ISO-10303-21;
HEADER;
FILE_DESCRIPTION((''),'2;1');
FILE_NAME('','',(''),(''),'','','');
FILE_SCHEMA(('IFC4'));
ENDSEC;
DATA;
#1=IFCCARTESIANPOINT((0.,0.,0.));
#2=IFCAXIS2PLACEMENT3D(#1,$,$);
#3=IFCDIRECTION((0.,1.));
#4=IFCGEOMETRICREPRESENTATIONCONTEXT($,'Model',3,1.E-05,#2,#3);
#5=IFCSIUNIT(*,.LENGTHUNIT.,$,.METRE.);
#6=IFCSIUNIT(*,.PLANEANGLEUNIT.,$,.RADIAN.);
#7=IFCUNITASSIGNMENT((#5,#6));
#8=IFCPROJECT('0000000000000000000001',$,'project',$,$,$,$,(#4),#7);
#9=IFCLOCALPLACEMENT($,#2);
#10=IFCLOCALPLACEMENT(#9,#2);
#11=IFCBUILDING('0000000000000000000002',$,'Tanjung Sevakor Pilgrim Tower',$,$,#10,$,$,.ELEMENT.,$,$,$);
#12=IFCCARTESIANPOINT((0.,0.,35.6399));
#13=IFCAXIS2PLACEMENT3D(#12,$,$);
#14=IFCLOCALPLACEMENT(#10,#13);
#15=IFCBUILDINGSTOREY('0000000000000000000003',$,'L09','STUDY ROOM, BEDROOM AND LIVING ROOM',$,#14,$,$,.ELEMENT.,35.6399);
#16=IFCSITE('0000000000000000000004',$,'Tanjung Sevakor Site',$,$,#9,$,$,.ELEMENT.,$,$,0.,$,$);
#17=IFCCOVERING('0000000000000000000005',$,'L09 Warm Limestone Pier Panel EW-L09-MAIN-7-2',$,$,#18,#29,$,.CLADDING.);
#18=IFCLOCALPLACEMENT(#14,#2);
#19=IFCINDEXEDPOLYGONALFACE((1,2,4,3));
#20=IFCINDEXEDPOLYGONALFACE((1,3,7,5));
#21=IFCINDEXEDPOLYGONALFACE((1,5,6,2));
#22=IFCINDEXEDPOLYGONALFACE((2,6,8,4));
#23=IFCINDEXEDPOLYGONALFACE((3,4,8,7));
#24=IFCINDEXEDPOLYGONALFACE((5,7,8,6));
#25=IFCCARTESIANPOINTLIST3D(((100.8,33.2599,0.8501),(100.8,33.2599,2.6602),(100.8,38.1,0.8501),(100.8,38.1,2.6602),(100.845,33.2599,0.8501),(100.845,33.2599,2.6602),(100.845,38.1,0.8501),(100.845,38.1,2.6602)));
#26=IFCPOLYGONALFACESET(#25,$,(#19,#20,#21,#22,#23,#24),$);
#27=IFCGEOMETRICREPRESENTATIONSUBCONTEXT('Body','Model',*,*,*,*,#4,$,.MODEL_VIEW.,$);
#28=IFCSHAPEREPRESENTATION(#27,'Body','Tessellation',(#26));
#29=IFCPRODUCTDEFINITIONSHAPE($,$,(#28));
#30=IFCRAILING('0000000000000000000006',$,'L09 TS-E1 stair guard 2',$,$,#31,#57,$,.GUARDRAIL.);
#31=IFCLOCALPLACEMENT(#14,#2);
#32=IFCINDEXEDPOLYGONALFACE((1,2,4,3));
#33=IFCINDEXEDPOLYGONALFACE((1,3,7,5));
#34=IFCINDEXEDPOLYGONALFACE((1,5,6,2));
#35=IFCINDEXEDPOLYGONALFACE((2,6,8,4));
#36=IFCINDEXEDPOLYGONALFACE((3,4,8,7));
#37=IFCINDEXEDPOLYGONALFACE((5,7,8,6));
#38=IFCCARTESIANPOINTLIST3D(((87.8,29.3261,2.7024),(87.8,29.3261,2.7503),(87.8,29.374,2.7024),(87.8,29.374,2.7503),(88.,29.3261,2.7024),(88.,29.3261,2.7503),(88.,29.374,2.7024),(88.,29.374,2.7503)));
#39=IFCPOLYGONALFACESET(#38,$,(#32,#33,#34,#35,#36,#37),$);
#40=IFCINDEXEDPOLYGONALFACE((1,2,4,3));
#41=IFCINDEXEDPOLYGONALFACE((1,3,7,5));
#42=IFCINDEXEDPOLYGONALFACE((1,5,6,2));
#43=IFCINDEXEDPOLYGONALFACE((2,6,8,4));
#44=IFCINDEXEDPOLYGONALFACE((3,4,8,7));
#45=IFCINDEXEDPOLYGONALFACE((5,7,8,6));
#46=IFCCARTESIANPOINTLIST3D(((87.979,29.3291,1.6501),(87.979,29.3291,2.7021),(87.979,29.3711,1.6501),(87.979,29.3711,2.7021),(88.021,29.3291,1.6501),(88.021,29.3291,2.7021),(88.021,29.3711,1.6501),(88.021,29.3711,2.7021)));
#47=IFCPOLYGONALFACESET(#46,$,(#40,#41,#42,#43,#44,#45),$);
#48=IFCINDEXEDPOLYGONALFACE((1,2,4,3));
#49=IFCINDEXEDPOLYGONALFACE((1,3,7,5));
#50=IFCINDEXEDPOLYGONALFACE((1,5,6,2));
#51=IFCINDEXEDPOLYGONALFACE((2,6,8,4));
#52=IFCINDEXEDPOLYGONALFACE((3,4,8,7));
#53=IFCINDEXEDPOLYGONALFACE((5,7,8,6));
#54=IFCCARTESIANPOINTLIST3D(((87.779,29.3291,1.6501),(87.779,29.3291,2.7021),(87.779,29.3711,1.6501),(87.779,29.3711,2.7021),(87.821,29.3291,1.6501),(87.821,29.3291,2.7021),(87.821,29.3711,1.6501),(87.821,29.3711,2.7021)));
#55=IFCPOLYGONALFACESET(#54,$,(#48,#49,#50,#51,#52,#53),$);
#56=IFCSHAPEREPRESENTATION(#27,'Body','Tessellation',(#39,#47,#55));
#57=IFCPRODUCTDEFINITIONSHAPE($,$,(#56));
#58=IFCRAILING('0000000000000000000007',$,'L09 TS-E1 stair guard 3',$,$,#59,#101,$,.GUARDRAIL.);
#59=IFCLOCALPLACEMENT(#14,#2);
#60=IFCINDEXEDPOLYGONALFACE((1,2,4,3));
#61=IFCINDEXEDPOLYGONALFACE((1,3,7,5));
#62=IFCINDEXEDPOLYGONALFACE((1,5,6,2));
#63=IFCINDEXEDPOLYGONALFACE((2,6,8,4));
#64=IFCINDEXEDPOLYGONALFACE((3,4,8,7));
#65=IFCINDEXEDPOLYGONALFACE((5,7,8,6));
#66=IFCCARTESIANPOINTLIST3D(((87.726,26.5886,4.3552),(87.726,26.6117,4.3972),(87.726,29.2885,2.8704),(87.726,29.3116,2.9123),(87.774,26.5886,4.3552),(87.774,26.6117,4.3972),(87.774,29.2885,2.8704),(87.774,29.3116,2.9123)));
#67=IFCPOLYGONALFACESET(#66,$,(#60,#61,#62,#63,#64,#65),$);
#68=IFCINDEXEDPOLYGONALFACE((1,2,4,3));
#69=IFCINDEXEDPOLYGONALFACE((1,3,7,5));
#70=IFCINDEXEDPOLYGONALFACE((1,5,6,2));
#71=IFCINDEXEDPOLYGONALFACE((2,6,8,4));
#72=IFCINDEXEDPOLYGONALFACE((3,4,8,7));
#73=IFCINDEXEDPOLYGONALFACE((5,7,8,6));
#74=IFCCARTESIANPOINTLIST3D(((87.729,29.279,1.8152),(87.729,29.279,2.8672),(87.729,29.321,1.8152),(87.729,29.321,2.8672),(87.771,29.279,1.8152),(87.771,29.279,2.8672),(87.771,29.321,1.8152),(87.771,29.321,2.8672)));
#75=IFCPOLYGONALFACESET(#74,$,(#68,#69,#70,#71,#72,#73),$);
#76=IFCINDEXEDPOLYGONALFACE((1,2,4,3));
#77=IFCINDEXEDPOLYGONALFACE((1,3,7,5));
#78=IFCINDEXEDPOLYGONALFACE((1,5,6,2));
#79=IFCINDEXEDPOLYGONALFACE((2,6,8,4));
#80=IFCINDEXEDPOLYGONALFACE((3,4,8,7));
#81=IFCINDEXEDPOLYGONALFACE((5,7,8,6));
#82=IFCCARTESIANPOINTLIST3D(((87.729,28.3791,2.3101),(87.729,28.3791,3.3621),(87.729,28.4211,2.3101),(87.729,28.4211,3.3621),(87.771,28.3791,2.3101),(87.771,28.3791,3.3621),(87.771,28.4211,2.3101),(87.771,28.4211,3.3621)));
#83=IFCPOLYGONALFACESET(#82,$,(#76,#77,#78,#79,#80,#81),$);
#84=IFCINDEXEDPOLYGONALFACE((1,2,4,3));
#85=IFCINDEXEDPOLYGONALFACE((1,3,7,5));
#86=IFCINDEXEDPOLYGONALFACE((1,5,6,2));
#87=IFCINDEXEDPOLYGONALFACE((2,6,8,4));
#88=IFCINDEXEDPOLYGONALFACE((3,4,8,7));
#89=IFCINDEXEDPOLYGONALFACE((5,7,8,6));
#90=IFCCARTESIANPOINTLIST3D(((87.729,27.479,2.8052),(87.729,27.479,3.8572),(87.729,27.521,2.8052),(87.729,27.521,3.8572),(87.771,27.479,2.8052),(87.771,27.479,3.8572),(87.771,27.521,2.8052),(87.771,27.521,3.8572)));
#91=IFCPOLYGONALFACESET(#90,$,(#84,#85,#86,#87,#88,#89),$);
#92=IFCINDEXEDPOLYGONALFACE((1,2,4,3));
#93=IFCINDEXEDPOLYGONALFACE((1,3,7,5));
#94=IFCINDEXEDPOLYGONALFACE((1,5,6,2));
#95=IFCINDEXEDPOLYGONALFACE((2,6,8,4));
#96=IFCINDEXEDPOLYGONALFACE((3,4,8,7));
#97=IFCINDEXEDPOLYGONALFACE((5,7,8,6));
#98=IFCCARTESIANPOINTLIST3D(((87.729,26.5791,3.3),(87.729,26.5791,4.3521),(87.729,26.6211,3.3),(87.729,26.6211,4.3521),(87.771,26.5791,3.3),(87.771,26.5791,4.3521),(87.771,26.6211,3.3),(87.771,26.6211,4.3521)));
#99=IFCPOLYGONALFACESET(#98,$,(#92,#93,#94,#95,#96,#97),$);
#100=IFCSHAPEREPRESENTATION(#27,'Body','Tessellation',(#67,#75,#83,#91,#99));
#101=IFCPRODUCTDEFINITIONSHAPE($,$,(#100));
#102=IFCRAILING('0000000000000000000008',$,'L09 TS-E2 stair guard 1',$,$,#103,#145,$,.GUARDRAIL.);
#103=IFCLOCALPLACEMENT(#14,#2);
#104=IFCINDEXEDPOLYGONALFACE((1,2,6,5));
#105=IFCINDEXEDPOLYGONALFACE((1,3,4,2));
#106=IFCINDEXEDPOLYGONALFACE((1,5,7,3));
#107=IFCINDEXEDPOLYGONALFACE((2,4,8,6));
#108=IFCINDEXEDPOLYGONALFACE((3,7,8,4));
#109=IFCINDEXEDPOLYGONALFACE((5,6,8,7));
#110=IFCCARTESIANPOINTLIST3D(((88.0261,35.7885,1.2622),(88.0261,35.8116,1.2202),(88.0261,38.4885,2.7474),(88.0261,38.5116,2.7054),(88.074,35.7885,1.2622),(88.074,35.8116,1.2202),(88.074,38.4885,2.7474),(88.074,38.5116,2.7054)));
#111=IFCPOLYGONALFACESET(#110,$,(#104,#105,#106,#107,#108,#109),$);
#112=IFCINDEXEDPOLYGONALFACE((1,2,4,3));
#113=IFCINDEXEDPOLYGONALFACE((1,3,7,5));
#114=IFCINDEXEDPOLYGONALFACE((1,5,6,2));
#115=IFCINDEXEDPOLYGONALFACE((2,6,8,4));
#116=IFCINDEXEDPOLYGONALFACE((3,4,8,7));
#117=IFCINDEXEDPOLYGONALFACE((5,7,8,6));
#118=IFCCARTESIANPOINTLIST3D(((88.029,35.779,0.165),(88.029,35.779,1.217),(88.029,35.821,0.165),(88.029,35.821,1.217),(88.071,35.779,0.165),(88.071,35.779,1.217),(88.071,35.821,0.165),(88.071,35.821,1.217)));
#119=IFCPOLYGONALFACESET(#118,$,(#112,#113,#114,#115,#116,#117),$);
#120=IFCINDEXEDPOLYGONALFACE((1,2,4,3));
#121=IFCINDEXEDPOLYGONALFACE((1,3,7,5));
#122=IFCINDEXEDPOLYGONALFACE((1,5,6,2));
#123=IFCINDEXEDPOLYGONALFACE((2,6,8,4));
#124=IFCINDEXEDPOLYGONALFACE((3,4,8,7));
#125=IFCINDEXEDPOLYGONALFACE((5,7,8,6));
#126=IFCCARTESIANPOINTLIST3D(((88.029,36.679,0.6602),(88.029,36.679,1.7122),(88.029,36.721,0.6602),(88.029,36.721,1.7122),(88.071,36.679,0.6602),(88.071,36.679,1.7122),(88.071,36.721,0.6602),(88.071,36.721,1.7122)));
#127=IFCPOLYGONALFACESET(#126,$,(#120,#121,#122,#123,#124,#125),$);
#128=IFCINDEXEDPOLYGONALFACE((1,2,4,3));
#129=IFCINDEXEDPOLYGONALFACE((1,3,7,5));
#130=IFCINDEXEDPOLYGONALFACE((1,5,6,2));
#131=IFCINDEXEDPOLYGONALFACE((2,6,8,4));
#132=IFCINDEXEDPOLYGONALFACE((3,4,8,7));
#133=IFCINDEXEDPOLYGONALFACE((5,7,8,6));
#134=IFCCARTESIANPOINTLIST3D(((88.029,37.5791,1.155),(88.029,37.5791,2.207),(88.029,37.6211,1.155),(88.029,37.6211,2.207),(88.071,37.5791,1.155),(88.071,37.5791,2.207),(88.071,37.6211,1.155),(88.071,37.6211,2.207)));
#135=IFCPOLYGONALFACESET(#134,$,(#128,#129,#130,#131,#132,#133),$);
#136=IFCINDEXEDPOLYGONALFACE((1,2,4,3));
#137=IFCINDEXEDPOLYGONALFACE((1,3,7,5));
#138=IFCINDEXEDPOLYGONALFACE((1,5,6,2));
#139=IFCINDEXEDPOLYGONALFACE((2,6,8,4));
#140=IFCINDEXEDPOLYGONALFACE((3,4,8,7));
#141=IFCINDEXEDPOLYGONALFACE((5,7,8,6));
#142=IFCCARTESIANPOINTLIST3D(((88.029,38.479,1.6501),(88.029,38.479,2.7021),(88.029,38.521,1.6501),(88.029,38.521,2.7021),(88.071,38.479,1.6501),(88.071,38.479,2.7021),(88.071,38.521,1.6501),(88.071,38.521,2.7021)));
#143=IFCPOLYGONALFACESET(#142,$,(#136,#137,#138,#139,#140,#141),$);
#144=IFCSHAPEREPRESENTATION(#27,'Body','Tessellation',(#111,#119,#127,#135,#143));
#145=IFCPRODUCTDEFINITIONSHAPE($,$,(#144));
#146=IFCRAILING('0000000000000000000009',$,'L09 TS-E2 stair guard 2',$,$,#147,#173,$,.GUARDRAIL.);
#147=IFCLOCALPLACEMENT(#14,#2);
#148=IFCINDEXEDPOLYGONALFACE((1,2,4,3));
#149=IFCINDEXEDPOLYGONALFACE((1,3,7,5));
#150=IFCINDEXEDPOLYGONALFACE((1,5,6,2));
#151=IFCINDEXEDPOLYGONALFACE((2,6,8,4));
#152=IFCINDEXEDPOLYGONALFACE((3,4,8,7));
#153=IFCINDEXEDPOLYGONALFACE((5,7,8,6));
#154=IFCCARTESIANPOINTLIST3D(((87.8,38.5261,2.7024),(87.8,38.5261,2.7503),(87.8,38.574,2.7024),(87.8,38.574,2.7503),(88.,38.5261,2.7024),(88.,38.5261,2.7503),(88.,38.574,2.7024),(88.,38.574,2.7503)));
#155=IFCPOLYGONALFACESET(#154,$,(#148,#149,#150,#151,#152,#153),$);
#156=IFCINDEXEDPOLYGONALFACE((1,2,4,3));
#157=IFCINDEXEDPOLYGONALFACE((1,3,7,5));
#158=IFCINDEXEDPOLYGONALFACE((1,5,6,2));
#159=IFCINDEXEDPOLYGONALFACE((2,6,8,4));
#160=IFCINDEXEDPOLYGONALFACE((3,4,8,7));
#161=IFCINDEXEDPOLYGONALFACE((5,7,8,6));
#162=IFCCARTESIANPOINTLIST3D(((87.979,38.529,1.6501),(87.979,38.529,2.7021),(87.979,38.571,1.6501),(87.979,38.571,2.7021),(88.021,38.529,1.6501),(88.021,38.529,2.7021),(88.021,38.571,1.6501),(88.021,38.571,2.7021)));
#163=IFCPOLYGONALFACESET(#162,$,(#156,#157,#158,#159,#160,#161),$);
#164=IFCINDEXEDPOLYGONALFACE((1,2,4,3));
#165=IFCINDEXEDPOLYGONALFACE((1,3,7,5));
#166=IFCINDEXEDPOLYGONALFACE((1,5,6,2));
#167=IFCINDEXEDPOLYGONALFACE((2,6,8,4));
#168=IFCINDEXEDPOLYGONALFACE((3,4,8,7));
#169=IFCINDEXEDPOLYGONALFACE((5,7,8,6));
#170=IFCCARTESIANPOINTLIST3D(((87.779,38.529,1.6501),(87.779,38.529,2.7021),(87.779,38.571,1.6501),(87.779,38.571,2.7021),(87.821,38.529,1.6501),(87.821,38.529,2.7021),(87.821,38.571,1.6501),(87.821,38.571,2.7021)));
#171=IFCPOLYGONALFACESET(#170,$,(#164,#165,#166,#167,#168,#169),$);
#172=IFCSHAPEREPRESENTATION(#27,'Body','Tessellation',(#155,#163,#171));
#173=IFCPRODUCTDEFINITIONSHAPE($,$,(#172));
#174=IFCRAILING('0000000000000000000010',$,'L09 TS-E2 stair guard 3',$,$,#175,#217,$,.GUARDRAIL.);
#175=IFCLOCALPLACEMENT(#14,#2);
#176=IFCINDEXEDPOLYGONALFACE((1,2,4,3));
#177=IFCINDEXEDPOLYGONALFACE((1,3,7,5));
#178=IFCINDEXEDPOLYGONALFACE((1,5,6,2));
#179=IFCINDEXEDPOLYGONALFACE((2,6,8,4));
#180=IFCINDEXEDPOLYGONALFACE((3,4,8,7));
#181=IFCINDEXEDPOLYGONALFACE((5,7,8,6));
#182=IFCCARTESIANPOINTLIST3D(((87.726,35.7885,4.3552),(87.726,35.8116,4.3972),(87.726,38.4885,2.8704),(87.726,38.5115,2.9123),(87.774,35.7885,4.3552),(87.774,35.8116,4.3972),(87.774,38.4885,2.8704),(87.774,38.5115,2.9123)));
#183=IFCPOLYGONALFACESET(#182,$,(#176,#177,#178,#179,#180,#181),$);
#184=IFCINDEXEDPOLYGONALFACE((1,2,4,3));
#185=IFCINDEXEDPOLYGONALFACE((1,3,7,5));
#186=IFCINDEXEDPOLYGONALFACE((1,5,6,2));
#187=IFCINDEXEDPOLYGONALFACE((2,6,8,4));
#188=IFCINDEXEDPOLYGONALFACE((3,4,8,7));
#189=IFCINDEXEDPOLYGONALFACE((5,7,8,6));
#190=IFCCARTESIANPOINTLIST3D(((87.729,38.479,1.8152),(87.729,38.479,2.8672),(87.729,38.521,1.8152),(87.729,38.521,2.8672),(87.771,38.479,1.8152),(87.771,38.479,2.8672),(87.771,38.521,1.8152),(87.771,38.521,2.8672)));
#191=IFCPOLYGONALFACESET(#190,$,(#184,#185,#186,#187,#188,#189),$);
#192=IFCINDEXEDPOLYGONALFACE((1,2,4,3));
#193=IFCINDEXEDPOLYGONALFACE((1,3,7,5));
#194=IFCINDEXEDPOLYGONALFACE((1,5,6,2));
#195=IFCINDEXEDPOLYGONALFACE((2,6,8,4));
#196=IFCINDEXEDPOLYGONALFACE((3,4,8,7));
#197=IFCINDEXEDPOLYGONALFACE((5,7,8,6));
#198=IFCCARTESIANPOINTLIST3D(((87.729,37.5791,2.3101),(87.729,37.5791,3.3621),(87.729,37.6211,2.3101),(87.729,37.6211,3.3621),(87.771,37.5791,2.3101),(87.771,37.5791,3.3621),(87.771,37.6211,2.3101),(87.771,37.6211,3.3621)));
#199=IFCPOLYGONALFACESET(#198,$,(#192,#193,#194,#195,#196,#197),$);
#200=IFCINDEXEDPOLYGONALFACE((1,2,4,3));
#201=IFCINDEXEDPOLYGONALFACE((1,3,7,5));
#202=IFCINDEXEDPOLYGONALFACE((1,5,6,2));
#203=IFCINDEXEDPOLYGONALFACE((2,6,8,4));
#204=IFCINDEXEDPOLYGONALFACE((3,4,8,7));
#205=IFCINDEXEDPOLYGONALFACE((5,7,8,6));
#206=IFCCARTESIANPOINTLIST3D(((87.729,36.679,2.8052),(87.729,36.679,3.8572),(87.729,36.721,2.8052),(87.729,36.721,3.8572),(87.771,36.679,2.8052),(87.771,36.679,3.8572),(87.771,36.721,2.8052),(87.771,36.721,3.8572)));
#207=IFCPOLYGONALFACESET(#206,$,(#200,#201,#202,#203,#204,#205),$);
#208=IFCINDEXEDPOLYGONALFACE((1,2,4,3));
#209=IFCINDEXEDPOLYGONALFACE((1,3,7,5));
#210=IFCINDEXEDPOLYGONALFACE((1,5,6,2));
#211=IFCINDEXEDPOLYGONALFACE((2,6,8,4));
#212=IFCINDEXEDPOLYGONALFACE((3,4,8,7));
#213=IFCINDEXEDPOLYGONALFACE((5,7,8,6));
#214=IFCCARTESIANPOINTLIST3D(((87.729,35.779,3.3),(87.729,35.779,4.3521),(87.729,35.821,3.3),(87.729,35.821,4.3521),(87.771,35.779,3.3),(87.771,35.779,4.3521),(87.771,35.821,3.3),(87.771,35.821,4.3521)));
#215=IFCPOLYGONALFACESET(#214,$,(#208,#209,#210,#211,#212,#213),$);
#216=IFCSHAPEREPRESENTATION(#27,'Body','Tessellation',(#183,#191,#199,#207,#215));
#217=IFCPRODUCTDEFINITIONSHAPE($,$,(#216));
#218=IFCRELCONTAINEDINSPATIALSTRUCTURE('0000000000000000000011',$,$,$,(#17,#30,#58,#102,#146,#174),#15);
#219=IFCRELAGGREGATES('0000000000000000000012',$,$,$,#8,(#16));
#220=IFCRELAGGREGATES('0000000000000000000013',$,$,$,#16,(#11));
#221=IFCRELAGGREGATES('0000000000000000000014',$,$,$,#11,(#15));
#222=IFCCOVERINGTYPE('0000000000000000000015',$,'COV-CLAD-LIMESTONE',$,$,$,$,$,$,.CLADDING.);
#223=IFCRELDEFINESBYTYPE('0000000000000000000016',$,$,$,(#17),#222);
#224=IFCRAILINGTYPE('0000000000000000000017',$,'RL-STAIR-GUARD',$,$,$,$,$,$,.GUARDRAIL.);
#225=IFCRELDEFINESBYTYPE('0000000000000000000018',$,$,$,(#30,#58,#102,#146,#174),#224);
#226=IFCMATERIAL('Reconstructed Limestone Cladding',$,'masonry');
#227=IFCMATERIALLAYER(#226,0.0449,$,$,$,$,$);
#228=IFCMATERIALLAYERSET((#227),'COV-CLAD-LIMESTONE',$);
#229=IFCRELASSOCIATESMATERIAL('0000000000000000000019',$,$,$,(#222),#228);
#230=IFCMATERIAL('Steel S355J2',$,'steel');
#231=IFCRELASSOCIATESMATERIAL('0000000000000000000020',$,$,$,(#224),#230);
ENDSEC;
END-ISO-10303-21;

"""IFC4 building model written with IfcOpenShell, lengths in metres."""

from ifc_helpers import new_model, si_unit, direction, frame, origin, origin_2d, place, context, subcontext, project, spatial, rectangle, extrude, material, layer, layer_set, type_object, element, save


model = new_model("IFC4")

# Units and contexts
model_context = context("Model", 3, precision=1e-05, world=origin(), true_north=direction((0.0, 1.0)))
body_context = subcontext(model_context, "Body", "Model", "MODEL_VIEW")
ifc_project = project(units=[si_unit("LENGTHUNIT", "METRE"), si_unit("PLANEANGLEUNIT", "RADIAN")], contexts=[model_context])

# Site, building, storey
site_placement = place(None, origin())
site = spatial("IfcSite", under=ifc_project, at=site_placement, Name="Tanjung Sevakor Site", CompositionType="ELEMENT", RefElevation=0.0)
building_placement = place(site_placement, origin())
building = spatial("IfcBuilding", under=site, at=building_placement, Name="Tanjung Sevakor Pilgrim Tower", CompositionType="ELEMENT")
storey_placement = place(building_placement, frame((0.0, 0.0, 35.6399)))
storey = spatial("IfcBuildingStorey", under=building, at=storey_placement, Name="L09", Description="STUDY ROOM, BEDROOM AND LIVING ROOM", CompositionType="ELEMENT", Elevation=35.6399)

# Covering
ifc_material_1 = material(Name="Reconstructed Limestone Cladding", Category="masonry")
ifc_layer_1 = layer(ifc_material_1, 0.0449)
ifc_layer_set_1 = layer_set([ifc_layer_1], Name="COV-CLAD-LIMESTONE")
covering_type = type_object("IfcCoveringType", Name="COV-CLAD-LIMESTONE", PredefinedType="CLADDING", material=ifc_layer_set_1)
covering_1_placement = place(storey_placement, frame((100.8225, 35.6799, 0.8501), z_axis=(0.0, 0.0, 1.0), x_axis=(0.0, 1.0, 0.0)))
element("IfcCovering", 1, at=covering_1_placement, inside=storey, type_object=covering_type, Name="L09 Warm Limestone Pier Panel EW-L09-MAIN-7-2", PredefinedType="CLADDING", context=body_context, shape_type="SweptSolid", body=[
    extrude(rectangle(XDim=4.8401, YDim=0.0449, at=origin_2d()), origin(), (0.0, 0.0, 1.0), 1.8101),
])

# Railings
ifc_material_2 = material(Name="Steel S355J2", Category="steel")
railing_type_1 = type_object("IfcRailingType", Name="RL-STAIR-GUARD", PredefinedType="GUARDRAIL", material=ifc_material_2)
railing_1_placement = place(storey_placement, frame((88.0, 29.3501, 1.6501)))
element("IfcRailing", 2, at=railing_1_placement, inside=storey, type_object=railing_type_1, Name="L09 TS-E1 stair guard 2", PredefinedType="GUARDRAIL", context=body_context, shape_type="SweptSolid", body=[
    extrude(rectangle(XDim=0.0479, YDim=0.0479), frame((0.0, 0.0, 1.0762), z_axis=(-1.0, 0.0, 0.0), x_axis=(0.0, -1.0, 0.0)), (0.0, 0.0, 1.0), 0.2),
    extrude(rectangle(XDim=0.042, YDim=0.042), origin(), (0.0, 0.0, 1.0), 1.052),
    extrude(rectangle(XDim=0.042, YDim=0.042), frame((-0.2, 0.0, 0.0)), (0.0, 0.0, 1.0), 1.052),
])
railing_2_placement = place(storey_placement, frame((87.75, 29.3, 1.8152)))
element("IfcRailing", 3, at=railing_2_placement, inside=storey, type_object=railing_type_1, Name="L09 TS-E1 stair guard 3", PredefinedType="GUARDRAIL", context=body_context, shape_type="SweptSolid", body=[
    extrude(rectangle(XDim=0.0479, YDim=0.0479), frame((0.0, 0.0, 1.0762), z_axis=(0.0, -0.876231, 0.481891), x_axis=(1.0, 0.0, 0.0)), (0.0, 0.0, 1.0), 3.0813),
    extrude(rectangle(XDim=0.042, YDim=0.042), origin(), (0.0, 0.0, 1.0), 1.052),
    extrude(rectangle(XDim=0.042, YDim=0.042), frame((0.0, -0.8999, 0.4949)), (0.0, 0.0, 1.0), 1.052),
    extrude(rectangle(XDim=0.042, YDim=0.042), frame((0.0, -1.8, 0.99)), (0.0, 0.0, 1.0), 1.052),
    extrude(rectangle(XDim=0.042, YDim=0.042), frame((0.0, -2.7, 1.4849)), (0.0, 0.0, 1.0), 1.052),
])
railing_3_placement = place(storey_placement, frame((88.05, 35.8, 0.165)))
element("IfcRailing", 4, at=railing_3_placement, inside=storey, type_object=railing_type_1, Name="L09 TS-E2 stair guard 1", PredefinedType="GUARDRAIL", context=body_context, shape_type="SweptSolid", body=[
    extrude(rectangle(XDim=0.0479, YDim=0.0479), frame((0.0, 0.0, 1.0762), z_axis=(0.0, 0.876198, 0.481952), x_axis=(-1.0, 0.0, 0.0)), (0.0, 0.0, 1.0), 3.0815),
    extrude(rectangle(XDim=0.042, YDim=0.042), origin(), (0.0, 0.0, 1.0), 1.052),
    extrude(rectangle(XDim=0.042, YDim=0.042), frame((0.0, 0.8999, 0.4951)), (0.0, 0.0, 1.0), 1.052),
    extrude(rectangle(XDim=0.042, YDim=0.042), frame((0.0, 1.8, 0.99)), (0.0, 0.0, 1.0), 1.052),
    extrude(rectangle(XDim=0.042, YDim=0.042), frame((0.0, 2.7, 1.4851)), (0.0, 0.0, 1.0), 1.052),
])
railing_4_placement = place(storey_placement, frame((88.0, 38.55, 1.6501)))
element("IfcRailing", 5, at=railing_4_placement, inside=storey, type_object=railing_type_1, Name="L09 TS-E2 stair guard 2", PredefinedType="GUARDRAIL", context=body_context, shape_type="SweptSolid", body=[
    extrude(rectangle(XDim=0.0479, YDim=0.0479), frame((0.0, 0.0, 1.0762), z_axis=(-1.0, 0.0, 0.0), x_axis=(0.0, -1.0, 0.0)), (0.0, 0.0, 1.0), 0.2),
    extrude(rectangle(XDim=0.042, YDim=0.042), origin(), (0.0, 0.0, 1.0), 1.052),
    extrude(rectangle(XDim=0.042, YDim=0.042), frame((-0.2, 0.0, 0.0)), (0.0, 0.0, 1.0), 1.052),
])
railing_5_placement = place(storey_placement, frame((87.75, 38.5, 1.8152)))
element("IfcRailing", 6, at=railing_5_placement, inside=storey, type_object=railing_type_1, Name="L09 TS-E2 stair guard 3", PredefinedType="GUARDRAIL", context=body_context, shape_type="SweptSolid", body=[
    extrude(rectangle(XDim=0.0479, YDim=0.0479), frame((0.0, 0.0, 1.0762), z_axis=(0.0, -0.876231, 0.481891), x_axis=(1.0, 0.0, 0.0)), (0.0, 0.0, 1.0), 3.0813),
    extrude(rectangle(XDim=0.042, YDim=0.042), origin(), (0.0, 0.0, 1.0), 1.052),
    extrude(rectangle(XDim=0.042, YDim=0.042), frame((0.0, -0.8999, 0.4949)), (0.0, 0.0, 1.0), 1.052),
    extrude(rectangle(XDim=0.042, YDim=0.042), frame((0.0, -1.8, 0.99)), (0.0, 0.0, 1.0), 1.052),
    extrude(rectangle(XDim=0.042, YDim=0.042), frame((0.0, -2.7, 1.4849)), (0.0, 0.0, 1.0), 1.052),
])

save(model, "model.ifc")
